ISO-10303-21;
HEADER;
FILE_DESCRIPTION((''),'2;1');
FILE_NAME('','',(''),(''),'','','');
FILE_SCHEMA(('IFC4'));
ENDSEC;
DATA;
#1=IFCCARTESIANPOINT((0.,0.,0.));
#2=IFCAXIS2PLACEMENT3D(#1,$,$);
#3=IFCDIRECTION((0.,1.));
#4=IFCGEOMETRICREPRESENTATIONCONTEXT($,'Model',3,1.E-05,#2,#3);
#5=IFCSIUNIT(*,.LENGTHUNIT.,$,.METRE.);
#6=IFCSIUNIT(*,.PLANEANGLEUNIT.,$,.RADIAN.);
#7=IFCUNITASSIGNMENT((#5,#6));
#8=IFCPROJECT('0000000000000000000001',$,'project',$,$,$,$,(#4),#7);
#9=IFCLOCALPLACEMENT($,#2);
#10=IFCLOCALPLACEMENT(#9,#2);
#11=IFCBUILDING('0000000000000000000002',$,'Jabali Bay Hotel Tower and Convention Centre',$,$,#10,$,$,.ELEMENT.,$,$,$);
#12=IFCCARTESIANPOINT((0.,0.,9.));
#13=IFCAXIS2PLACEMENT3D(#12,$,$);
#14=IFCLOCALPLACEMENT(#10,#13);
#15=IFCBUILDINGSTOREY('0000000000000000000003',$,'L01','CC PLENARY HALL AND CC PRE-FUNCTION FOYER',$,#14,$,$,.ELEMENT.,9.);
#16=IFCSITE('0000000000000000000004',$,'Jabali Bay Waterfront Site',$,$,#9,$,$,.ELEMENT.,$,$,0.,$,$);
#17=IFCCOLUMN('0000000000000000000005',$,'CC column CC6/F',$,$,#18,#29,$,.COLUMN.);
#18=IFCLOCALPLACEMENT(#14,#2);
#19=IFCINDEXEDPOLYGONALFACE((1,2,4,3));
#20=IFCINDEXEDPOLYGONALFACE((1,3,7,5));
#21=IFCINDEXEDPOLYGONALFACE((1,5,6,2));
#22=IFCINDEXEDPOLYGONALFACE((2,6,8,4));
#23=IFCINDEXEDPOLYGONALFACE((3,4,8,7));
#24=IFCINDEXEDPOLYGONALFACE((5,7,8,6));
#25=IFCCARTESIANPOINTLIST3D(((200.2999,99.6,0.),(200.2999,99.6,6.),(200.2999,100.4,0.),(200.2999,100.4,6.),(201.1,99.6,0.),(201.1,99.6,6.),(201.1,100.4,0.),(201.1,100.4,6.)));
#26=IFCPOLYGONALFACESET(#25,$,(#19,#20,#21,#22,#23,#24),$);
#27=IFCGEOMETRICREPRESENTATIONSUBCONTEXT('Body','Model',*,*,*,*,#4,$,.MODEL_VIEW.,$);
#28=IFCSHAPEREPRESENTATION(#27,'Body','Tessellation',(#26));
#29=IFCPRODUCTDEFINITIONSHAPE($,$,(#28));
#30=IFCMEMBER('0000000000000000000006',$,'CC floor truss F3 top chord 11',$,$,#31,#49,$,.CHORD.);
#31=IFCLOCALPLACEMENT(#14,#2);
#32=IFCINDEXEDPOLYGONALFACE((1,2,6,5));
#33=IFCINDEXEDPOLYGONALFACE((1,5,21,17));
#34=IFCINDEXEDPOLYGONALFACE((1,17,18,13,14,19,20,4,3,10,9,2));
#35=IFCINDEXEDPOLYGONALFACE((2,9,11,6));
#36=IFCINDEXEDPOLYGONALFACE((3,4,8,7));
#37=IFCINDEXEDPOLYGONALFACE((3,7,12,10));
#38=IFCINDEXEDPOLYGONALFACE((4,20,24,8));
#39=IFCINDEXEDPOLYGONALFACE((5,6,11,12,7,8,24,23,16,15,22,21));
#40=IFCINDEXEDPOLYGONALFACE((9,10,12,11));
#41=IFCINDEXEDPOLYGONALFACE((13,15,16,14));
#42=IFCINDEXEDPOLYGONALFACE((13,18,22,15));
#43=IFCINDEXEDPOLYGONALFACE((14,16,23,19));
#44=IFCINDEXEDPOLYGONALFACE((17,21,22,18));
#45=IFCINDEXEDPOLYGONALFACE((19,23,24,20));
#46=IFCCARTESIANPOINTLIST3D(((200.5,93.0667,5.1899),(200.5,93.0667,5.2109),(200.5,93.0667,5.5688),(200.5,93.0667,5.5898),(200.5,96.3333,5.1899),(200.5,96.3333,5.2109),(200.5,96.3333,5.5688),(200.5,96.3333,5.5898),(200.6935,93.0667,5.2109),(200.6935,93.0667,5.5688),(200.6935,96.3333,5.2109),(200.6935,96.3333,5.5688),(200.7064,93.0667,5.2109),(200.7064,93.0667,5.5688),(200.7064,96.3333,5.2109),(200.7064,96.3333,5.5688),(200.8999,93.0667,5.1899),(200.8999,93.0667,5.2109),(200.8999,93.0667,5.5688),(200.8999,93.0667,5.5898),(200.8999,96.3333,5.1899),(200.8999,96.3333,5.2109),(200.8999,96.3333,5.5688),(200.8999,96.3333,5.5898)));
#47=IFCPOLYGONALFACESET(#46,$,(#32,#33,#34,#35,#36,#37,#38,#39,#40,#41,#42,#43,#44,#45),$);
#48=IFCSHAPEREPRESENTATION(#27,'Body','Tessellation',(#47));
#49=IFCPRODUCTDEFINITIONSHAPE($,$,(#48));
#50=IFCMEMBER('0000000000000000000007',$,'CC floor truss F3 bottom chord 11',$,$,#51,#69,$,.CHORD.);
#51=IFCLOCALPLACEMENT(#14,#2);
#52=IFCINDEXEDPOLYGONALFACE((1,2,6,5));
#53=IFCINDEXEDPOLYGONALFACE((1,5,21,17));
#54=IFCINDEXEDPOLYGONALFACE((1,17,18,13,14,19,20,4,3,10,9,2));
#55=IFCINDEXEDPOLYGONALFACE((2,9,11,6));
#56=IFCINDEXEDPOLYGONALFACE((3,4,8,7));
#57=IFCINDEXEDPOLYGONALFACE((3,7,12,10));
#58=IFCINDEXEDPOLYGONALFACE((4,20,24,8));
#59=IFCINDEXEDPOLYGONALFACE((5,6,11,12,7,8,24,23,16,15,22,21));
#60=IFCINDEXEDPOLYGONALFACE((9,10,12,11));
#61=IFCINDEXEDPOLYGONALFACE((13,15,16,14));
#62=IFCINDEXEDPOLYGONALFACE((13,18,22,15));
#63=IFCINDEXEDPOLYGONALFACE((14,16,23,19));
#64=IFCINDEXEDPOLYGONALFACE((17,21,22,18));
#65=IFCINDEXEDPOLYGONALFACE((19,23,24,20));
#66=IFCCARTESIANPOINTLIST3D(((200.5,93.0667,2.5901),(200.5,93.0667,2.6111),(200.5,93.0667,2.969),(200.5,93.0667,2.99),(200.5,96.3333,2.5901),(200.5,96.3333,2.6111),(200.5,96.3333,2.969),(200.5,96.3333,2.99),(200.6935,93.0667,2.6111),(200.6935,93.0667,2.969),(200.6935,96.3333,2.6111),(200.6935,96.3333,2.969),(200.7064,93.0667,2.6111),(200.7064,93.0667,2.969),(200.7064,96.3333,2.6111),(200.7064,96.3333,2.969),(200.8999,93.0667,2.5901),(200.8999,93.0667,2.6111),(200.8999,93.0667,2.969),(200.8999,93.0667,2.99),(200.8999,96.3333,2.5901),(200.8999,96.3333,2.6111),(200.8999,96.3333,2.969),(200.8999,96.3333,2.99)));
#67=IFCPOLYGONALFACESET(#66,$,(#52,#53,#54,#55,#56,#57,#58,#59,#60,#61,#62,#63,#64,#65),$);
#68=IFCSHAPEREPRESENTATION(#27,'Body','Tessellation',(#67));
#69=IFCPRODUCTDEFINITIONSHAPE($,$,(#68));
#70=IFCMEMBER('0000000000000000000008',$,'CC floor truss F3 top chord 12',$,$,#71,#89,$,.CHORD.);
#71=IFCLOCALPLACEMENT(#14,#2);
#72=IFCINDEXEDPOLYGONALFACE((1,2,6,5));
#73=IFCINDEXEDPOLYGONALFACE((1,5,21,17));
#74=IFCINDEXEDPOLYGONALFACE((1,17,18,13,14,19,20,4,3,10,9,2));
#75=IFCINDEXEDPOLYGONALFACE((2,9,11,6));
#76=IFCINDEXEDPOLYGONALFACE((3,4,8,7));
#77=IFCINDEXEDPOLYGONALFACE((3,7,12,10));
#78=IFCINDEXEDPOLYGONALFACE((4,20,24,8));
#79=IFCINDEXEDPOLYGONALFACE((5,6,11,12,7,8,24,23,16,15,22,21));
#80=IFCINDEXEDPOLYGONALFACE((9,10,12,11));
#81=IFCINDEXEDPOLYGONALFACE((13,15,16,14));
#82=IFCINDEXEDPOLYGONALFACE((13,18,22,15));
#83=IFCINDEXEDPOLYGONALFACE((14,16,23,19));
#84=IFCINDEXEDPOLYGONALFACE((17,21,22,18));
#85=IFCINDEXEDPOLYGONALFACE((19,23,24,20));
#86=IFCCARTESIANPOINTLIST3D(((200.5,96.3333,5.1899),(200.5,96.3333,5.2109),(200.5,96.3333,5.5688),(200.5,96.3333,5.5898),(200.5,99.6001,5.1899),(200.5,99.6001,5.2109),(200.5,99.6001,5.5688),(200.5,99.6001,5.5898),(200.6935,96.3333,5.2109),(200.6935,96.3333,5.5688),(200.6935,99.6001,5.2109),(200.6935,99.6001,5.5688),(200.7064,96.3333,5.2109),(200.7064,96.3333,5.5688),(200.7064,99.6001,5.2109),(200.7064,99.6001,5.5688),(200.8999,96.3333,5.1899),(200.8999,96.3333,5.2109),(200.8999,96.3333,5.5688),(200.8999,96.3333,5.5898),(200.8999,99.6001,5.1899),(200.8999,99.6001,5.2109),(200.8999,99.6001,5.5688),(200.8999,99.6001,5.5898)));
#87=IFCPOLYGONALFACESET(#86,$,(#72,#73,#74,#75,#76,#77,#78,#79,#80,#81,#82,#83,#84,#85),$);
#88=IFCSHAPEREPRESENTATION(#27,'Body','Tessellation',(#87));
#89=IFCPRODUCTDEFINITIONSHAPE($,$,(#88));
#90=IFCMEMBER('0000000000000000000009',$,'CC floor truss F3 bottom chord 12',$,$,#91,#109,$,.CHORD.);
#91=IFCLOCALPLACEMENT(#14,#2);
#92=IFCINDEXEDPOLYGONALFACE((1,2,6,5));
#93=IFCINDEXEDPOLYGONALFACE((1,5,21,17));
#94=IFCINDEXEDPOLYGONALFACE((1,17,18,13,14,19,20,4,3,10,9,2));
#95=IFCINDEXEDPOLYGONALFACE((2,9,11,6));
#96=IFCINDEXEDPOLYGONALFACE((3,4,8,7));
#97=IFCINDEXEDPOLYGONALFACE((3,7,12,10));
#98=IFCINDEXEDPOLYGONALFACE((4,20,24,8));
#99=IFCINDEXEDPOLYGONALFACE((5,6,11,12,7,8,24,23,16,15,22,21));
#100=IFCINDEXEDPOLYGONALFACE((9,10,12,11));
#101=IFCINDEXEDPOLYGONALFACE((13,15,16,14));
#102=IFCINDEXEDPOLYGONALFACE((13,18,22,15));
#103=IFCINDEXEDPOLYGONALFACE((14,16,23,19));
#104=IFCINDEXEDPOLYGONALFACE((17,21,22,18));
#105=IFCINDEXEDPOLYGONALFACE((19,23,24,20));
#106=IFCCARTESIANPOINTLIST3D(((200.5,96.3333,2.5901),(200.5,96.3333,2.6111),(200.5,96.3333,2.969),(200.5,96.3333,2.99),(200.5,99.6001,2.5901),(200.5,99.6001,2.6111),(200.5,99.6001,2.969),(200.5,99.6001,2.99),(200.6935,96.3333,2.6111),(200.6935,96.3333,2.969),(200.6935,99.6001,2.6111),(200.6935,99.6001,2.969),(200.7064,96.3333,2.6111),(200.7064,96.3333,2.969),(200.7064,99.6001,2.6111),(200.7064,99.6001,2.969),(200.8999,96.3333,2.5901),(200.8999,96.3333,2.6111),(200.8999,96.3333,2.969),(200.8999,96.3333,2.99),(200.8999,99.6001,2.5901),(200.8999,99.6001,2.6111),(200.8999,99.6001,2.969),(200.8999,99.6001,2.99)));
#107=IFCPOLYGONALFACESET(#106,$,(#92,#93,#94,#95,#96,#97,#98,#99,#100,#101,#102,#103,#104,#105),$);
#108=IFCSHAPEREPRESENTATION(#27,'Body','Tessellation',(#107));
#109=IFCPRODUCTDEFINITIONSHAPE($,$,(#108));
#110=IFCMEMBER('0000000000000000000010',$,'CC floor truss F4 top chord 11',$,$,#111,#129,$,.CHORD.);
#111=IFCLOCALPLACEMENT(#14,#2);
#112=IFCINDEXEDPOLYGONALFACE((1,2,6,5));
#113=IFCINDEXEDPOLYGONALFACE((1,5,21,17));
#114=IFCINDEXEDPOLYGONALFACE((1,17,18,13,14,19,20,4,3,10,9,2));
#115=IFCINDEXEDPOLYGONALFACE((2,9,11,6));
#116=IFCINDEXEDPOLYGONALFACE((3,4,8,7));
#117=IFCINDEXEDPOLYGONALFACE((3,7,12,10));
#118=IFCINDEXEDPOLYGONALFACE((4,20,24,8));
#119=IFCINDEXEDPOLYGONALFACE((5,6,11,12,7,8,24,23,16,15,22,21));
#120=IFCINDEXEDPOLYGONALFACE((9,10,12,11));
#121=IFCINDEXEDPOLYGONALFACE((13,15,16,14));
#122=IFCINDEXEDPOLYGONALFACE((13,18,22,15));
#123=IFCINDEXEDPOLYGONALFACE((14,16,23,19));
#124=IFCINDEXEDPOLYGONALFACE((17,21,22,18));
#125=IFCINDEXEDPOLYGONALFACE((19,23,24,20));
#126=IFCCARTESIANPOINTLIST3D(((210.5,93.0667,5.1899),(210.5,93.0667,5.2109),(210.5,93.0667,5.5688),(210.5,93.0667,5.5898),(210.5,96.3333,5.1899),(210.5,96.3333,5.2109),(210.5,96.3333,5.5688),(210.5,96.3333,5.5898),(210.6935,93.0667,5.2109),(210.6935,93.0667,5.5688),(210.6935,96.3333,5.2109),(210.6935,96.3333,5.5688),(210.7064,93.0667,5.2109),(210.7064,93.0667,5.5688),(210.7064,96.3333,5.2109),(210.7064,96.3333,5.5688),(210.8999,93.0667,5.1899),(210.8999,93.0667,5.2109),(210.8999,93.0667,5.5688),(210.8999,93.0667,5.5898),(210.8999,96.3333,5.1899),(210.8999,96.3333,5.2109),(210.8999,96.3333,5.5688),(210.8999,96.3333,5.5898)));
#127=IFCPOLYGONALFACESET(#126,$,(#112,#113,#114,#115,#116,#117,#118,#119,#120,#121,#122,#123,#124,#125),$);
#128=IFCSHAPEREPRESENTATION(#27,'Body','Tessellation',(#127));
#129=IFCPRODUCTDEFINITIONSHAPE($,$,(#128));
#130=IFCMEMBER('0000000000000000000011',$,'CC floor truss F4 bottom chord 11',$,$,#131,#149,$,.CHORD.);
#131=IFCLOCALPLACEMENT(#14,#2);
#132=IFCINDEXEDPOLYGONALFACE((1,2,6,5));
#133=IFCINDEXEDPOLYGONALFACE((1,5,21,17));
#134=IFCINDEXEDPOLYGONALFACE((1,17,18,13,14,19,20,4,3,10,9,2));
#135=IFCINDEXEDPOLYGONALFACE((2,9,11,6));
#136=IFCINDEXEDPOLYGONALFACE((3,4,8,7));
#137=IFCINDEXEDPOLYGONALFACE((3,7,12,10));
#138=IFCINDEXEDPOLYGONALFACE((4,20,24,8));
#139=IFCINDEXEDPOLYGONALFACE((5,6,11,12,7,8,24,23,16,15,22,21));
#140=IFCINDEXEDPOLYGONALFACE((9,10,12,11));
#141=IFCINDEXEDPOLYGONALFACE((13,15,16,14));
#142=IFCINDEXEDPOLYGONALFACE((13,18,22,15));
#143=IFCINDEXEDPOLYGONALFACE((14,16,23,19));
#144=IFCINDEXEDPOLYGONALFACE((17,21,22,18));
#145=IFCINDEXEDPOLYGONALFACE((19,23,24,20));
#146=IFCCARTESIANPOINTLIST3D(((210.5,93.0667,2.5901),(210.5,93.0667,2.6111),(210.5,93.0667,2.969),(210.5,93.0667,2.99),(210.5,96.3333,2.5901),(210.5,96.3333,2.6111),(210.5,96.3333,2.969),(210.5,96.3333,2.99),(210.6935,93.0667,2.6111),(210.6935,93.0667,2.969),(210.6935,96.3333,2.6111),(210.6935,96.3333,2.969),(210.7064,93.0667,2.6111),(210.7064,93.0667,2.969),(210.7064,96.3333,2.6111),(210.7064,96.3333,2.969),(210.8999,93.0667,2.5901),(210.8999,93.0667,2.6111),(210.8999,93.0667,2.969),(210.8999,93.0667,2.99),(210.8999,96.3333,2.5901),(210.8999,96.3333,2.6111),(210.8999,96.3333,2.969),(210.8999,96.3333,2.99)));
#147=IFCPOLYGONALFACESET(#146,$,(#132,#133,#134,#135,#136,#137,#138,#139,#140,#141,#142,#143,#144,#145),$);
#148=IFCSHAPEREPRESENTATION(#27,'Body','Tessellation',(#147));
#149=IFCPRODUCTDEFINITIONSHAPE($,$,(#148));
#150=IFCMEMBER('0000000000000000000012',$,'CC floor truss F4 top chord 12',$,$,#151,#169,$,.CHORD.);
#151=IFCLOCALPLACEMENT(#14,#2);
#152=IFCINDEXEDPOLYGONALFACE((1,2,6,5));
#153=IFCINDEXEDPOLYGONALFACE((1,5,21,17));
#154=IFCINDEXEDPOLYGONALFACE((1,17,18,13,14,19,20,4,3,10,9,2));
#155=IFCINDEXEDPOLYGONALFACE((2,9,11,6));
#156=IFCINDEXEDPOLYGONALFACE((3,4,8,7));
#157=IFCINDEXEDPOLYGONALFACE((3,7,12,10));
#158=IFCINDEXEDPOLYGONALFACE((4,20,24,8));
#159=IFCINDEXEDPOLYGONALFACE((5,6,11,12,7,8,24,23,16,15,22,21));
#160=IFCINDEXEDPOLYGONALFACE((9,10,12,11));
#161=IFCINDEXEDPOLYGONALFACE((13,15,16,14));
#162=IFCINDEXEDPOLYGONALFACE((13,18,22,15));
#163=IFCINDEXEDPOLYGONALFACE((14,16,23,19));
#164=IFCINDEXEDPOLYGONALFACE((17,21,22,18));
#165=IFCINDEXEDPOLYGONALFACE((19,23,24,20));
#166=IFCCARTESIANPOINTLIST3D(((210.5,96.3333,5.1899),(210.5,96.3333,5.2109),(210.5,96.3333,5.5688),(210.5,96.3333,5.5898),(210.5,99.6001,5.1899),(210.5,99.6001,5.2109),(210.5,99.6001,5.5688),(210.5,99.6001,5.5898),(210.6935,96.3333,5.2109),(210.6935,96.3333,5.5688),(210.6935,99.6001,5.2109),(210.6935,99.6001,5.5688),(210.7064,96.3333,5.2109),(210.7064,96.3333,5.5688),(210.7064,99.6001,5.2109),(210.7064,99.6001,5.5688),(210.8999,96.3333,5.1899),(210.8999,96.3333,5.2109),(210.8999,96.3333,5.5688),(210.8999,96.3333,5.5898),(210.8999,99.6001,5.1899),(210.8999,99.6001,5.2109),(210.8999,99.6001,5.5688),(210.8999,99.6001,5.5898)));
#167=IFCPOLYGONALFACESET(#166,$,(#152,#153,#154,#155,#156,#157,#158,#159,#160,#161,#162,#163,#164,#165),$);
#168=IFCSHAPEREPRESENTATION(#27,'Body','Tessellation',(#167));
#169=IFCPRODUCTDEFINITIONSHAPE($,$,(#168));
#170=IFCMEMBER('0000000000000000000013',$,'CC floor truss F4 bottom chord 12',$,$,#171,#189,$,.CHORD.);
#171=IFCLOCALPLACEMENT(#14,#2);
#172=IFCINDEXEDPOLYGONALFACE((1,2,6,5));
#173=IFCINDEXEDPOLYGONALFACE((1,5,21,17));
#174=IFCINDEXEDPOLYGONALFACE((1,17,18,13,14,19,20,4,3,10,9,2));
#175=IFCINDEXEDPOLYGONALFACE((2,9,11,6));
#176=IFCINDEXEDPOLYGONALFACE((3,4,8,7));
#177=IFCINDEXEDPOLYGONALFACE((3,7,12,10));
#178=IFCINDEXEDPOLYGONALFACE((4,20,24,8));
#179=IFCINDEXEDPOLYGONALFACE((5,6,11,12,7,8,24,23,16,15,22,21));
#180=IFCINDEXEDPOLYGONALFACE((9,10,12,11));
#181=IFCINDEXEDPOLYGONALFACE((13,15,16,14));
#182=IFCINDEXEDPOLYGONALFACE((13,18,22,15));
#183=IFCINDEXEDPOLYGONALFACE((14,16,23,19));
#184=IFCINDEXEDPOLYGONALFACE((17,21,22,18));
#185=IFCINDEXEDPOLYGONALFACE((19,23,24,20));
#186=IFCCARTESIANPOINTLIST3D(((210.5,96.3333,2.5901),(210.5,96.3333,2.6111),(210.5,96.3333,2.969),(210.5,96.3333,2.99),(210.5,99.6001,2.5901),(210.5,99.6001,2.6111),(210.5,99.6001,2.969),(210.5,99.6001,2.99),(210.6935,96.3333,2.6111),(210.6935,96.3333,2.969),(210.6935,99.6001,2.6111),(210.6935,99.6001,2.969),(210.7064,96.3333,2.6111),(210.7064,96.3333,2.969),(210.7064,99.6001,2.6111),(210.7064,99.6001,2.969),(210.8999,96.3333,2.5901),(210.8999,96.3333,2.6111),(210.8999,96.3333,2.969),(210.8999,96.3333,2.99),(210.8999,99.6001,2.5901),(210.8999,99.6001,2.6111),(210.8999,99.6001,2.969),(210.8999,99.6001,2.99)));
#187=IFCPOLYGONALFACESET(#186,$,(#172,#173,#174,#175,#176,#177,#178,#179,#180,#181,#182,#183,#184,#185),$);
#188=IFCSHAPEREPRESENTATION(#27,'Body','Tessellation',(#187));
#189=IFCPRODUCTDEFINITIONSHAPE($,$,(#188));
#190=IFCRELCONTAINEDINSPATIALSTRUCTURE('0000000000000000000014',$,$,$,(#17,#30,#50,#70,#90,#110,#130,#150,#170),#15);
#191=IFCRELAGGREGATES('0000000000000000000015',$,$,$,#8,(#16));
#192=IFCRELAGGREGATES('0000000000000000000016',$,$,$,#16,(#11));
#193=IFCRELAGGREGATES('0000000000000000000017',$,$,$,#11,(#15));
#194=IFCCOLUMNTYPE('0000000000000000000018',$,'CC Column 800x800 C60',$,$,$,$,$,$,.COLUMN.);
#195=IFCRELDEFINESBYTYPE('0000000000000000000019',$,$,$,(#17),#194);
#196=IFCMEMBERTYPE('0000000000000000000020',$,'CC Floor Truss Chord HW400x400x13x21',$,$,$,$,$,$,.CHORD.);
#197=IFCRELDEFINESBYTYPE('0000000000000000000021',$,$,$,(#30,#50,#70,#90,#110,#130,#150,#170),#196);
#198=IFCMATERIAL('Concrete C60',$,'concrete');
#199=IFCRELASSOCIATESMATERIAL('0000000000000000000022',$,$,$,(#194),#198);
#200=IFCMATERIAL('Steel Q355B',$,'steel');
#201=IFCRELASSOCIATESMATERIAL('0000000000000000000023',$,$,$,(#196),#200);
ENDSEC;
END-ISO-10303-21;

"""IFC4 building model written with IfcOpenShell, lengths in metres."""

from ifc_helpers import new_model, si_unit, direction, frame, origin, origin_2d, place, context, subcontext, project, spatial, rectangle, i_section, extrude, material, material_profile, profile_set, type_object, element, save


model = new_model("IFC4")

# Units and contexts
model_context = context("Model", 3, precision=1e-05, world=origin(), true_north=direction((0.0, 1.0)))
body_context = subcontext(model_context, "Body", "Model", "MODEL_VIEW")
ifc_project = project(units=[si_unit("LENGTHUNIT", "METRE"), si_unit("PLANEANGLEUNIT", "RADIAN")], contexts=[model_context])

# Site, building, storey
site_placement = place(None, origin())
site = spatial("IfcSite", under=ifc_project, at=site_placement, Name="Jabali Bay Waterfront Site", CompositionType="ELEMENT", RefElevation=0.0)
building_placement = place(site_placement, origin())
building = spatial("IfcBuilding", under=site, at=building_placement, Name="Jabali Bay Hotel Tower and Convention Centre", CompositionType="ELEMENT")
storey_placement = place(building_placement, frame((0.0, 0.0, 9.0)))
storey = spatial("IfcBuildingStorey", under=building, at=storey_placement, Name="L01", Description="CC PLENARY HALL AND CC PRE-FUNCTION FOYER", CompositionType="ELEMENT", Elevation=9.0)

# Column
ifc_material_1 = material(Name="Concrete C60", Category="concrete")
ifc_material_profile_1 = material_profile(ifc_material_1, rectangle(XDim=0.8, YDim=0.8, at=origin_2d()), Name="RC 800x800")
ifc_profile_set_1 = profile_set([ifc_material_profile_1], Name="Concrete C60")
column_type = type_object("IfcColumnType", Name="CC Column 800x800 C60", PredefinedType="COLUMN", material=ifc_profile_set_1)
column_placement = place(storey_placement, frame((200.7, 100.0, 0.0), z_axis=(0.0, 0.0, 1.0), x_axis=(1.0, 0.0, 0.0)))
element("IfcColumn", 1, at=column_placement, inside=storey, type_object=column_type, Name="CC column CC6/F", PredefinedType="COLUMN", context=body_context, shape_type="SweptSolid", body=[
    extrude(rectangle(XDim=0.8, YDim=0.8, at=origin_2d()), origin(), (0.0, 0.0, 1.0), 6.0),
])

# Members
ifc_material_2 = material(Name="Steel Q355B", Category="steel")
ifc_material_profile_2 = material_profile(ifc_material_2, i_section(OverallWidth=0.3999, OverallDepth=0.3999, WebThickness=0.0129, FlangeThickness=0.021, at=origin_2d()), Name="HW400x400x13x21")
ifc_profile_set_2 = profile_set([ifc_material_profile_2], Name="Steel Q355B")
member_type_1 = type_object("IfcMemberType", Name="CC Floor Truss Chord HW400x400x13x21", PredefinedType="CHORD", material=ifc_profile_set_2)
for number, where, z_axis, x_axis, name in (
    (2, (200.7, 93.0667, 5.3899), (0.0, 1.0, 0.0), (-1.0, 0.0, 0.0), "CC floor truss F3 top chord 11"),
    (3, (200.7, 93.0667, 2.79), (0.0, 1.0, 0.0), (-1.0, 0.0, 0.0), "CC floor truss F3 bottom chord 11"),
):
    element("IfcMember", number, at=place(storey_placement, frame(where, z_axis=z_axis, x_axis=x_axis)), inside=storey, type_object=member_type_1, Name=name, PredefinedType="CHORD", context=body_context, shape_type="SweptSolid", body=[
        extrude(i_section(OverallWidth=0.3999, OverallDepth=0.3999, WebThickness=0.0129, FlangeThickness=0.021, at=origin_2d()), origin(), (0.0, 0.0, 1.0), 3.2666),
    ])
for number, where, z_axis, x_axis, name in (
    (4, (200.7, 96.3333, 5.3899), (0.0, 1.0, 0.0), (-1.0, 0.0, 0.0), "CC floor truss F3 top chord 12"),
    (5, (200.7, 96.3333, 2.79), (0.0, 1.0, 0.0), (-1.0, 0.0, 0.0), "CC floor truss F3 bottom chord 12"),
):
    element("IfcMember", number, at=place(storey_placement, frame(where, z_axis=z_axis, x_axis=x_axis)), inside=storey, type_object=member_type_1, Name=name, PredefinedType="CHORD", context=body_context, shape_type="SweptSolid", body=[
        extrude(i_section(OverallWidth=0.3999, OverallDepth=0.3999, WebThickness=0.0129, FlangeThickness=0.021, at=origin_2d()), origin(), (0.0, 0.0, 1.0), 3.2668),
    ])
for number, where, z_axis, x_axis, name in (
    (6, (210.7, 93.0667, 5.3899), (0.0, 1.0, 0.0), (-1.0, 0.0, 0.0), "CC floor truss F4 top chord 11"),
    (7, (210.7, 93.0667, 2.79), (0.0, 1.0, 0.0), (-1.0, 0.0, 0.0), "CC floor truss F4 bottom chord 11"),
):
    element("IfcMember", number, at=place(storey_placement, frame(where, z_axis=z_axis, x_axis=x_axis)), inside=storey, type_object=member_type_1, Name=name, PredefinedType="CHORD", context=body_context, shape_type="SweptSolid", body=[
        extrude(i_section(OverallWidth=0.3999, OverallDepth=0.3999, WebThickness=0.0129, FlangeThickness=0.021, at=origin_2d()), origin(), (0.0, 0.0, 1.0), 3.2666),
    ])
for number, where, z_axis, x_axis, name in (
    (8, (210.7, 96.3333, 5.3899), (0.0, 1.0, 0.0), (-1.0, 0.0, 0.0), "CC floor truss F4 top chord 12"),
    (9, (210.7, 96.3333, 2.79), (0.0, 1.0, 0.0), (-1.0, 0.0, 0.0), "CC floor truss F4 bottom chord 12"),
):
    element("IfcMember", number, at=place(storey_placement, frame(where, z_axis=z_axis, x_axis=x_axis)), inside=storey, type_object=member_type_1, Name=name, PredefinedType="CHORD", context=body_context, shape_type="SweptSolid", body=[
        extrude(i_section(OverallWidth=0.3999, OverallDepth=0.3999, WebThickness=0.0129, FlangeThickness=0.021, at=origin_2d()), origin(), (0.0, 0.0, 1.0), 3.2668),
    ])

save(model, "model.ifc")
